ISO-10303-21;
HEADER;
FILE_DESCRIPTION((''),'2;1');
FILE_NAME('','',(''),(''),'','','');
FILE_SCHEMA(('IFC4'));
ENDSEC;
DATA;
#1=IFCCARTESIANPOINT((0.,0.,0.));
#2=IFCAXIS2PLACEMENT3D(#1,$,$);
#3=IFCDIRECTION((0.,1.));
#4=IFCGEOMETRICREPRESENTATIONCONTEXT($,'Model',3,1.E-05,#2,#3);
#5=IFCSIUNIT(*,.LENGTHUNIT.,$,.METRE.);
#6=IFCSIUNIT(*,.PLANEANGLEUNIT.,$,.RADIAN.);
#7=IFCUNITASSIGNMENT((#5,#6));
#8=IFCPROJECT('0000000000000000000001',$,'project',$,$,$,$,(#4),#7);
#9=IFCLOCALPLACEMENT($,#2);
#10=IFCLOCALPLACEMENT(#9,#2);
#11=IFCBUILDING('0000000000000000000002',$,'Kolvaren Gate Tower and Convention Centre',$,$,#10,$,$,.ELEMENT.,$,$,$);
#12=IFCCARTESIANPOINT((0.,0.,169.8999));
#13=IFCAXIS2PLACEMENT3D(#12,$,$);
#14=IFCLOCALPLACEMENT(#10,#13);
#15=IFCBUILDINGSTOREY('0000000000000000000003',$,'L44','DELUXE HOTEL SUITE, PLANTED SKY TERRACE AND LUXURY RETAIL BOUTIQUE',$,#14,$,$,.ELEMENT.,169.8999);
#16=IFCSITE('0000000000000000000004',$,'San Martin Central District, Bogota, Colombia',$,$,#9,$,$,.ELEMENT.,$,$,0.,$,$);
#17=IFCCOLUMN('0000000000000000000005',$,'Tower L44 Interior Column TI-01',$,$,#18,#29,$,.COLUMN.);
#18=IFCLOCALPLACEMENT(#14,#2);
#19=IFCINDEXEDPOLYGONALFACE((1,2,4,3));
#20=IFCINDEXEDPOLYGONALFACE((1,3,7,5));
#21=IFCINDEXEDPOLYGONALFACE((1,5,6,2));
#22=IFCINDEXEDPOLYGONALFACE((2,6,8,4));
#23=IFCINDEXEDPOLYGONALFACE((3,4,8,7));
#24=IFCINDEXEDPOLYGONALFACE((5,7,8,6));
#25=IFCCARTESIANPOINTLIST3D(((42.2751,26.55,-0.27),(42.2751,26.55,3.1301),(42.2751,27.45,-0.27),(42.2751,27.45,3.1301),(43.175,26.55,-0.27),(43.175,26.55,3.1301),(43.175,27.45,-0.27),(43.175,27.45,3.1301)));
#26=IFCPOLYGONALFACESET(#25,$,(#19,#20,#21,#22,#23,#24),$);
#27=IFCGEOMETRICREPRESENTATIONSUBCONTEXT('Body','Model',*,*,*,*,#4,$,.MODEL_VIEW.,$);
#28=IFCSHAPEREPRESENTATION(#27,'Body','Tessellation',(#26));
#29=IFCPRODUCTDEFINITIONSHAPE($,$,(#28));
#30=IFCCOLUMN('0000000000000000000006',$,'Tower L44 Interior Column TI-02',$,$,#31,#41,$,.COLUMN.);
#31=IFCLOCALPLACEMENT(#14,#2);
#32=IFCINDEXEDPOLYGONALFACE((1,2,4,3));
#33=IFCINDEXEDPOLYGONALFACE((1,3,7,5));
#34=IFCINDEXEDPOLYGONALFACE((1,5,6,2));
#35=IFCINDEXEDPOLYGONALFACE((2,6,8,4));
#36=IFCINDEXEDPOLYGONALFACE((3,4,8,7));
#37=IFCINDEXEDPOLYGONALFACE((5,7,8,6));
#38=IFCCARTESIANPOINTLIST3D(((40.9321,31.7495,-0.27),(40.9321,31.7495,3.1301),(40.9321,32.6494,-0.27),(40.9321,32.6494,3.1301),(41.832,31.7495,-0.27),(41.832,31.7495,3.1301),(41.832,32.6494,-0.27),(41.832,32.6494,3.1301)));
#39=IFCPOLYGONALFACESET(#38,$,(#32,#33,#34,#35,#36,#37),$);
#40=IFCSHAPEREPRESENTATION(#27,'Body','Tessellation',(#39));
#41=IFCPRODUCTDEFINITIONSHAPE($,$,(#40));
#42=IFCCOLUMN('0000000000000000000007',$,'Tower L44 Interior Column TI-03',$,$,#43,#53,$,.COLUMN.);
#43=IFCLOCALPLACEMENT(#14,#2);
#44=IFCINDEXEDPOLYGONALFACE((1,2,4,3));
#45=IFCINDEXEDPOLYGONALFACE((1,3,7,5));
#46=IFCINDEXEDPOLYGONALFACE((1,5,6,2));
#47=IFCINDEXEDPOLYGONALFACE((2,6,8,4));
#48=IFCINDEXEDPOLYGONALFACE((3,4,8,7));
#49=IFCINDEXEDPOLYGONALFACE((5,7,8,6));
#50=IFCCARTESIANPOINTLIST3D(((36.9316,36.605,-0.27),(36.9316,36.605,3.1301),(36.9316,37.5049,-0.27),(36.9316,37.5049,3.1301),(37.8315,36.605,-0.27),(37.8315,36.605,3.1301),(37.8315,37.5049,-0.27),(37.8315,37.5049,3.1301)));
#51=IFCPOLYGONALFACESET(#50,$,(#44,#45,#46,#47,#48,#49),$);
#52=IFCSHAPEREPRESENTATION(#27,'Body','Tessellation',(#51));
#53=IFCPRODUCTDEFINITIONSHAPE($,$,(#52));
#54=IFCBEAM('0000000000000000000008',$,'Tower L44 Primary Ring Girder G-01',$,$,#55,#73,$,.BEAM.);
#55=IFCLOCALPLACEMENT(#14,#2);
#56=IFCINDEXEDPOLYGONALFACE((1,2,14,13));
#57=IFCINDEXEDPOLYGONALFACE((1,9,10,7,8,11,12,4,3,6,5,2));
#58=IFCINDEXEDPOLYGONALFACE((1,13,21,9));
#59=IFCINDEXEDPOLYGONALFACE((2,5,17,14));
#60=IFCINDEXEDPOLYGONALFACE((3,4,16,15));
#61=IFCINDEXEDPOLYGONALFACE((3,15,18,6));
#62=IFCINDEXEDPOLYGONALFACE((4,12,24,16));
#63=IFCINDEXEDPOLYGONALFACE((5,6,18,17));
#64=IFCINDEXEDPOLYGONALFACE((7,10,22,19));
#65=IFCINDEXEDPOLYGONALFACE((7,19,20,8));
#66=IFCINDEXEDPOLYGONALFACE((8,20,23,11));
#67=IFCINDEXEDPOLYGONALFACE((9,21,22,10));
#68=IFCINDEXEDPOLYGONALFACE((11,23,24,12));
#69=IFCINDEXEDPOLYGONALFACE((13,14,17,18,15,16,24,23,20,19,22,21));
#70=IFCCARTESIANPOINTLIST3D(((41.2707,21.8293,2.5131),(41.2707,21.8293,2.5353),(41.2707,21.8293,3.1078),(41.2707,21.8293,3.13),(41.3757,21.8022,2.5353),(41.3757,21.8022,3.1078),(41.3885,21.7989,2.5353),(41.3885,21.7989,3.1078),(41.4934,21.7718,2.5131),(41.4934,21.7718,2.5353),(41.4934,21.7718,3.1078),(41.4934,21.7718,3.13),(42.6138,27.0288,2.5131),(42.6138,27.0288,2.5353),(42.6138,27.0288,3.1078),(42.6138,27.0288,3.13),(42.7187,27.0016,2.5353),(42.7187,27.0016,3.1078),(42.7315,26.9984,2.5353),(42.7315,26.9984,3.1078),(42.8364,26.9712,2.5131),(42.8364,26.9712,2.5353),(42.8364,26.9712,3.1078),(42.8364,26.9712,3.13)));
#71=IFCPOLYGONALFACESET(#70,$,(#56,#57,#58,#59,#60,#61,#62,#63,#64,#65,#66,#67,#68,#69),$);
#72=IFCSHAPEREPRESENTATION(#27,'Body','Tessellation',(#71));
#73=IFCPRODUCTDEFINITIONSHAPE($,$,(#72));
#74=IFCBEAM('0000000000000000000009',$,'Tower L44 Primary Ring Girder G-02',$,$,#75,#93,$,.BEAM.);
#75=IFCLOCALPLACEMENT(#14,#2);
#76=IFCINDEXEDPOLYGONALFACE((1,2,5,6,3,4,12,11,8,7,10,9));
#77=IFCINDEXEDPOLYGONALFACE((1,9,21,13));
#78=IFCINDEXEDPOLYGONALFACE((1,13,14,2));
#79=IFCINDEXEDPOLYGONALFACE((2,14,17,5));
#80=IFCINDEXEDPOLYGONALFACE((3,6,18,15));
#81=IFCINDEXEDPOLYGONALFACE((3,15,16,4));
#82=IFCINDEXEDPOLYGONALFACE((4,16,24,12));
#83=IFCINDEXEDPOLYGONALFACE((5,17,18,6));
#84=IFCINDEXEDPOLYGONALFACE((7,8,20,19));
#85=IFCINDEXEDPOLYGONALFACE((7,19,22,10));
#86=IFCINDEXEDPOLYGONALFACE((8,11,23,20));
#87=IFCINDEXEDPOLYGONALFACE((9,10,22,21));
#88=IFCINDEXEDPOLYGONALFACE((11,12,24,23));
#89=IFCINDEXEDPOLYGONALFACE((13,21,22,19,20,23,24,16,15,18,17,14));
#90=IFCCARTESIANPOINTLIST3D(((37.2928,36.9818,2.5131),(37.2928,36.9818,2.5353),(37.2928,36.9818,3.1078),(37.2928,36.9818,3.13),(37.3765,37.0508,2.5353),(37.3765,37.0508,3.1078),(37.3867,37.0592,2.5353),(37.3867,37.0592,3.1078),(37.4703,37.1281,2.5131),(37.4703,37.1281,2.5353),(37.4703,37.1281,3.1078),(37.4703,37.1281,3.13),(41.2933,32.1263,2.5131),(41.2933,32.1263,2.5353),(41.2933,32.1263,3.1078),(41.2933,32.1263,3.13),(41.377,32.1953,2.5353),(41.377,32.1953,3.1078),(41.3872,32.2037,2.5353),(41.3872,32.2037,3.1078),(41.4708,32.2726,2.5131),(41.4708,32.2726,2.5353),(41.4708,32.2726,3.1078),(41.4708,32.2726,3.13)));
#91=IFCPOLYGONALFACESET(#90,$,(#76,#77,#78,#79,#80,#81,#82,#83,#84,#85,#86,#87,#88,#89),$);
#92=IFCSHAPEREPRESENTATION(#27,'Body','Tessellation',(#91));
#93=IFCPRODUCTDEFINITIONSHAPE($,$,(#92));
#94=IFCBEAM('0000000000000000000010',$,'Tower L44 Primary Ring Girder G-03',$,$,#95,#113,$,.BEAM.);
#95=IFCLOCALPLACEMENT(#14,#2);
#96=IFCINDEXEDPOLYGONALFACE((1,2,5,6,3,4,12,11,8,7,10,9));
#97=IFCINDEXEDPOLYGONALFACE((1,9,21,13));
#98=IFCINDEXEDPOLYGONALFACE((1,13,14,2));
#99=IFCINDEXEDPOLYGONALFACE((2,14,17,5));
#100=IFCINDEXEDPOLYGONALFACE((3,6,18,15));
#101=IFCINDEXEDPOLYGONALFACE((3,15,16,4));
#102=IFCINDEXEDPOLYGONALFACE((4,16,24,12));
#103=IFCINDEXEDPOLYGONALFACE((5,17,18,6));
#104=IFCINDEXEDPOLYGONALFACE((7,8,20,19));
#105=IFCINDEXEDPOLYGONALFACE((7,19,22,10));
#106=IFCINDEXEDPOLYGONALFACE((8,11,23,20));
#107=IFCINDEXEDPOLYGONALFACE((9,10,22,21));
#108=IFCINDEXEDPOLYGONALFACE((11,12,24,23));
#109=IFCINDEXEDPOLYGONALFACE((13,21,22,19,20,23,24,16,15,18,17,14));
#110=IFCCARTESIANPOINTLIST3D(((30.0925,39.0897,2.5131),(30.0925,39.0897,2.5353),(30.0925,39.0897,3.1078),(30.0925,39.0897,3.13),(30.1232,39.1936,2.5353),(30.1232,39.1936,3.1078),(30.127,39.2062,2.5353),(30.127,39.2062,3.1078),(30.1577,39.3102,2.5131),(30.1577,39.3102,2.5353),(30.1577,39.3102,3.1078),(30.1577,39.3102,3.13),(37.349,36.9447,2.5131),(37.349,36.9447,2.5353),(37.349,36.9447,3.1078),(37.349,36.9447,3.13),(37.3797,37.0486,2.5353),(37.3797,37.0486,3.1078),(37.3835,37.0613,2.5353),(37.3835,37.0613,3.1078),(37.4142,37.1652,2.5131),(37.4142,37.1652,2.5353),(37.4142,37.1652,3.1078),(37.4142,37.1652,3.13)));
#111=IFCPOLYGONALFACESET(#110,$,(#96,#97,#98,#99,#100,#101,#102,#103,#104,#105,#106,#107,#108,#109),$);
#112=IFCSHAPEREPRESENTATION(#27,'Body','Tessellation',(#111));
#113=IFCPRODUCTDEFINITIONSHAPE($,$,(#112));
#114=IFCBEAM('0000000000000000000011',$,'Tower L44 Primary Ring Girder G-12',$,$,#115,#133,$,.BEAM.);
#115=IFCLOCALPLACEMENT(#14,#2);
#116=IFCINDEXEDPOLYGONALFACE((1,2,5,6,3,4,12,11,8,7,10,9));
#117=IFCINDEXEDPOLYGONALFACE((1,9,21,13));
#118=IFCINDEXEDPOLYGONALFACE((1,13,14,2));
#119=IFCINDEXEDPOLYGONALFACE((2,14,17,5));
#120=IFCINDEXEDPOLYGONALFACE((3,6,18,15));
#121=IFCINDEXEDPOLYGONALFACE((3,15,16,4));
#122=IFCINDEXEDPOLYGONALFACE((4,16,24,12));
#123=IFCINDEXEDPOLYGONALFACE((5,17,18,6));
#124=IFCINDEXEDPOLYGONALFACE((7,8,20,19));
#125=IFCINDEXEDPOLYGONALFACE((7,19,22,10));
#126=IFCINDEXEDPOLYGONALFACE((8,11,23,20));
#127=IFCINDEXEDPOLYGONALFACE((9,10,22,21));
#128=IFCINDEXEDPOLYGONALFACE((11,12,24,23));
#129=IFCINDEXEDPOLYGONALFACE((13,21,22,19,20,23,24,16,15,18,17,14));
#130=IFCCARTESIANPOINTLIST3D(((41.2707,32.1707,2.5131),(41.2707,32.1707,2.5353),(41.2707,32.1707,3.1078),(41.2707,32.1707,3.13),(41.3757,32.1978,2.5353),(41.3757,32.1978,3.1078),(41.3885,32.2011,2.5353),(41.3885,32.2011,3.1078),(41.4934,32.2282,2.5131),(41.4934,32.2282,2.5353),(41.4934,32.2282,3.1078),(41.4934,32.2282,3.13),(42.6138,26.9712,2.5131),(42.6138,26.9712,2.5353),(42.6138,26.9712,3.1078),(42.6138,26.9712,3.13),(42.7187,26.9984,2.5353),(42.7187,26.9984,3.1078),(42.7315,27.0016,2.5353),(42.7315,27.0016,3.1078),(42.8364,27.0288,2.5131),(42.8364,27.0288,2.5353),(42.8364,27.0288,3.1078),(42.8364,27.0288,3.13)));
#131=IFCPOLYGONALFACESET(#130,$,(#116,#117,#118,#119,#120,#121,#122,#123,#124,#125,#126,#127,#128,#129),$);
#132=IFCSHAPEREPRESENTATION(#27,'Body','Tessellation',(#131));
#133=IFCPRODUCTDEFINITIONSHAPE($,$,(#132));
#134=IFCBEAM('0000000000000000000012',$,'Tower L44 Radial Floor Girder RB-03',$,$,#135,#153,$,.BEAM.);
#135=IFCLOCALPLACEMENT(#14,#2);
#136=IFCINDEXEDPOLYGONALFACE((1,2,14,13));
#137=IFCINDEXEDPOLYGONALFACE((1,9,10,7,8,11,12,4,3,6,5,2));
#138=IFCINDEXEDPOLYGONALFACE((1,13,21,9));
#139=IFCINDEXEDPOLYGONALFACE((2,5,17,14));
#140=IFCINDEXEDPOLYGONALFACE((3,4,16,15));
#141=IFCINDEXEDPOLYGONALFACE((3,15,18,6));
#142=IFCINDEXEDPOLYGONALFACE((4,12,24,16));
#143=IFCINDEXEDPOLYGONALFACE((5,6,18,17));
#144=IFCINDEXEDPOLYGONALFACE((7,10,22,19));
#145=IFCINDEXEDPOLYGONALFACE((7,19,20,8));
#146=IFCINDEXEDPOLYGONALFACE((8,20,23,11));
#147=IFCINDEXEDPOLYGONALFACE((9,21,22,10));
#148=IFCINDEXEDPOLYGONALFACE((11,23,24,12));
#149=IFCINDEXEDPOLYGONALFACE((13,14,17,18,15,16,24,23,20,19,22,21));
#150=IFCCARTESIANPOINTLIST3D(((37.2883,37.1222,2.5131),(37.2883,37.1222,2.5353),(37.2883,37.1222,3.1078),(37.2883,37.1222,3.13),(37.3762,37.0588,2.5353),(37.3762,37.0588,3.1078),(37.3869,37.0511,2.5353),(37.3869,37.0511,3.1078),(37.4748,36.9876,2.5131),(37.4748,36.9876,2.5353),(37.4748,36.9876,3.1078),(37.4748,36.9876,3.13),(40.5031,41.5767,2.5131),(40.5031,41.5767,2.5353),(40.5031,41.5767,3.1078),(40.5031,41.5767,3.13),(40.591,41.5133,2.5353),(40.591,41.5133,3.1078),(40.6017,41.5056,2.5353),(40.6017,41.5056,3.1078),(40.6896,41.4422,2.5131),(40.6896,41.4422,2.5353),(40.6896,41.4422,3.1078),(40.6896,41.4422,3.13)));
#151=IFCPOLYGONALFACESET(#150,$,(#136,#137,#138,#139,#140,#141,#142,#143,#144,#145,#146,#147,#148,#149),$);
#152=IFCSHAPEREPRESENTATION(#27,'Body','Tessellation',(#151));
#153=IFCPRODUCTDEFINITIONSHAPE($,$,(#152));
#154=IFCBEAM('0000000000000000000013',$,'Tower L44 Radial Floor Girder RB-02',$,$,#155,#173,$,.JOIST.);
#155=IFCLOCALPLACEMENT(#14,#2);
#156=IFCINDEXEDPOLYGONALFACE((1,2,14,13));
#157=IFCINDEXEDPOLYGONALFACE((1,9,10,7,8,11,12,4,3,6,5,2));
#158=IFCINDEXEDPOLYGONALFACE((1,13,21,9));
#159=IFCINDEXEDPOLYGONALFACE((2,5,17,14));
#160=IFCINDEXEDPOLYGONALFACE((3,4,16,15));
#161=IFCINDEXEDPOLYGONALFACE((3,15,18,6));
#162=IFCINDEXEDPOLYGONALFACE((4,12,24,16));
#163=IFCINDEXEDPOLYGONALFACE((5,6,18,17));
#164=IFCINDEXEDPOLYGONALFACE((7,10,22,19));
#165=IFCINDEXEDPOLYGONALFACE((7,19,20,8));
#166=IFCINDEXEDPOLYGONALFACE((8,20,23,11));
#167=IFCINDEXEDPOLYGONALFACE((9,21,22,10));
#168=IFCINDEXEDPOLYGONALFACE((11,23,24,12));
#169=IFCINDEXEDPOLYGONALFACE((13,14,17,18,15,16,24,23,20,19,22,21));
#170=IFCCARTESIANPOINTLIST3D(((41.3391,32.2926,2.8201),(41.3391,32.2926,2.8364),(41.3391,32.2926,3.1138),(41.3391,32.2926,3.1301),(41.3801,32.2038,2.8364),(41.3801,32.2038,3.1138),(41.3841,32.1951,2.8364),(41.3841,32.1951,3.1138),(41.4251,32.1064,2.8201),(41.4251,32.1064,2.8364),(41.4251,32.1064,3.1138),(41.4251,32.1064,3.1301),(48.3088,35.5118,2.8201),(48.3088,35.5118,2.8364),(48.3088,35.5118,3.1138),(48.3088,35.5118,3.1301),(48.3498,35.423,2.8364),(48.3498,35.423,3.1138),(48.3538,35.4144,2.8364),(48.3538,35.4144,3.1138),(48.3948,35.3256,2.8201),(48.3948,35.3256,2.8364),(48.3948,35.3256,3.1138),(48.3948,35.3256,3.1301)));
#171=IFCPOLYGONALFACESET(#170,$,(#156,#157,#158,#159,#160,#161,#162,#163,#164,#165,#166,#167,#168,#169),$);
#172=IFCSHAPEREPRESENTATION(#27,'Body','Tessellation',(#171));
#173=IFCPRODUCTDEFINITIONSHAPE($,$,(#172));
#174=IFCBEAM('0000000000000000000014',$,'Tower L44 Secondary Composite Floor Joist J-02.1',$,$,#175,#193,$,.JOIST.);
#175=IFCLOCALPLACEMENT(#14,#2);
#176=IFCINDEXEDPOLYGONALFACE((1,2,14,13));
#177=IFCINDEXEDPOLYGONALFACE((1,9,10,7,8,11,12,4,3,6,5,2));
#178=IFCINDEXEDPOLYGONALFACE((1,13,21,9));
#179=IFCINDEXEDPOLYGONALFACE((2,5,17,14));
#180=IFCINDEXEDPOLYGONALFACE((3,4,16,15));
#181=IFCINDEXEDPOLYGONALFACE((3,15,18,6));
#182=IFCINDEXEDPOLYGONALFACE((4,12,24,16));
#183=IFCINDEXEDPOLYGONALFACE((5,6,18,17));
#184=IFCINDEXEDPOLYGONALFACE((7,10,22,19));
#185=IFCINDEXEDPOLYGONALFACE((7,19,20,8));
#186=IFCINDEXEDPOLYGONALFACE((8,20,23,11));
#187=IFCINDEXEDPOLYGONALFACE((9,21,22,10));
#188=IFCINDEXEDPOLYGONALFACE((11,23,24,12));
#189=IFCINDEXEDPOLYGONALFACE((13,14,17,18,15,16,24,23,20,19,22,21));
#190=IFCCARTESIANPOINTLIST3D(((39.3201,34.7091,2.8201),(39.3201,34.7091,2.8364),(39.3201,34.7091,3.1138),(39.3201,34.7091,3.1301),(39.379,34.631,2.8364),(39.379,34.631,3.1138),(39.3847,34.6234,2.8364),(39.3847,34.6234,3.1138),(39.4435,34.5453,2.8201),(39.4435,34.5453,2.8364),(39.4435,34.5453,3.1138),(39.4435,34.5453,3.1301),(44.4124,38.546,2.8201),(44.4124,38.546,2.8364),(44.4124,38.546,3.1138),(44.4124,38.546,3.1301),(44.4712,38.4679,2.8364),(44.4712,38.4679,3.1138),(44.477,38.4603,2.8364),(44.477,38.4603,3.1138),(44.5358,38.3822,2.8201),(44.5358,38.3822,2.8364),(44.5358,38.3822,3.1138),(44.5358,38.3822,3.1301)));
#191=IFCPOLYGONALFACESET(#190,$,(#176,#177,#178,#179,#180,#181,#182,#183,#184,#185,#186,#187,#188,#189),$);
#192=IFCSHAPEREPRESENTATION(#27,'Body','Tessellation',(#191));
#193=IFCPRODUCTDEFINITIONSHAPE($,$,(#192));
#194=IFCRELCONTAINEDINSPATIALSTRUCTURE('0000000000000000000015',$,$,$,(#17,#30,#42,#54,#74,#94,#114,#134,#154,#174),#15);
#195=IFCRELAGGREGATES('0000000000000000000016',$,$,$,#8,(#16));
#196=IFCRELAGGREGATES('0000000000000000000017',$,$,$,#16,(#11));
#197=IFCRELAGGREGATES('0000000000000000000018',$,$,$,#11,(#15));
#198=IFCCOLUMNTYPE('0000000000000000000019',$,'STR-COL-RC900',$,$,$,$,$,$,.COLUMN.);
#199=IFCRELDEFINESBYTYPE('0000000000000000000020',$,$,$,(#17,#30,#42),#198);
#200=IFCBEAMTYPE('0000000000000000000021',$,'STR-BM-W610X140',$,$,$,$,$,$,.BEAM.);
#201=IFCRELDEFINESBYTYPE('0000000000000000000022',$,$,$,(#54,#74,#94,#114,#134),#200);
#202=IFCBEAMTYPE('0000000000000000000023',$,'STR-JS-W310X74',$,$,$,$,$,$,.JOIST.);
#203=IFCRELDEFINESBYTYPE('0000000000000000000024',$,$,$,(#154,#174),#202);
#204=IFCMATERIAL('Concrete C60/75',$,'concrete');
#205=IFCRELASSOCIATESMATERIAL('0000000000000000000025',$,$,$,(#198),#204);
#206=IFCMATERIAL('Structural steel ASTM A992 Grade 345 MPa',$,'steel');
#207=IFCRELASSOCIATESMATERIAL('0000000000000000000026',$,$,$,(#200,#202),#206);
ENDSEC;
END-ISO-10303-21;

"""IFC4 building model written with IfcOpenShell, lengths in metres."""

from ifc_helpers import new_model, si_unit, direction, frame, origin, origin_2d, place, context, subcontext, project, spatial, rectangle, i_section, extrude, material, material_profile, profile_set, type_object, element, save


model = new_model("IFC4")

# Units and contexts
model_context = context("Model", 3, precision=1e-05, world=origin(), true_north=direction((0.0, 1.0)))
body_context = subcontext(model_context, "Body", "Model", "MODEL_VIEW")
ifc_project = project(units=[si_unit("LENGTHUNIT", "METRE"), si_unit("PLANEANGLEUNIT", "RADIAN")], contexts=[model_context])

# Site, building, storey
site_placement = place(None, origin())
site = spatial("IfcSite", under=ifc_project, at=site_placement, Name="San Martin Central District, Bogota, Colombia", CompositionType="ELEMENT", RefElevation=0.0)
building_placement = place(site_placement, origin())
building = spatial("IfcBuilding", under=site, at=building_placement, Name="Kolvaren Gate Tower and Convention Centre", CompositionType="ELEMENT")
storey_placement = place(building_placement, frame((0.0, 0.0, 169.8999)))
storey = spatial("IfcBuildingStorey", under=building, at=storey_placement, Name="L44", Description="DELUXE HOTEL SUITE, PLANTED SKY TERRACE AND LUXURY RETAIL BOUTIQUE", CompositionType="ELEMENT", Elevation=169.8999)

# Columns
ifc_material_1 = material(Name="Concrete C60/75", Category="concrete")
ifc_material_profile_1 = material_profile(ifc_material_1, rectangle(XDim=0.8999, YDim=0.8999, at=origin_2d()), Name="RC-COL-900X900")
ifc_profile_set_1 = profile_set([ifc_material_profile_1], Name="Concrete C60/75")
column_type = type_object("IfcColumnType", Name="STR-COL-RC900", PredefinedType="COLUMN", material=ifc_profile_set_1)
for number, where, z_axis, x_axis, name in (
    (1, (42.7251, 27.0, -0.27), (0.0, 0.0, 1.0), (1.0, 0.0, 0.0), "Tower L44 Interior Column TI-01"),
    (2, (41.3821, 32.1995, -0.27), (0.0, 0.0, 1.0), (1.0, 0.0, 0.0), "Tower L44 Interior Column TI-02"),
    (3, (37.3816, 37.0549, -0.27), (0.0, 0.0, 1.0), (1.0, 0.0, 0.0), "Tower L44 Interior Column TI-03"),
):
    element("IfcColumn", number, at=place(storey_placement, frame(where, z_axis=z_axis, x_axis=x_axis)), inside=storey, type_object=column_type, Name=name, PredefinedType="COLUMN", context=body_context, shape_type="SweptSolid", body=[
        extrude(rectangle(XDim=0.8999, YDim=0.8999, at=origin_2d()), origin(), (0.0, 0.0, 1.0), 3.4001),
    ])

# Beams
ifc_material_2 = material(Name="Structural steel ASTM A992 Grade 345 MPa", Category="steel")
ifc_material_profile_2 = material_profile(ifc_material_2, i_section(OverallWidth=0.23, OverallDepth=0.6169, WebThickness=0.0132, FlangeThickness=0.0222, at=origin_2d()), Name="W610X140")
ifc_profile_set_2 = profile_set([ifc_material_profile_2], Name="Structural steel ASTM A992 Grade 345 MPa")
beam_type_1 = type_object("IfcBeamType", Name="STR-BM-W610X140", PredefinedType="BEAM", material=ifc_profile_set_2)
beam_1_placement = place(storey_placement, frame((42.7251, 27.0, 2.8215), z_axis=(-0.250091, -0.968222, 0.0), x_axis=(0.968222, -0.250091, 0.0)))
element("IfcBeam", 4, at=beam_1_placement, inside=storey, type_object=beam_type_1, Name="Tower L44 Primary Ring Girder G-01", PredefinedType="BEAM", context=body_context, shape_type="SweptSolid", body=[
    extrude(i_section(OverallWidth=0.23, OverallDepth=0.6169, WebThickness=0.0132, FlangeThickness=0.0222, at=origin_2d()), origin(), (0.0, 0.0, 1.0), 5.3701),
])
beam_2_placement = place(storey_placement, frame((41.3821, 32.1995, 2.8215), z_axis=(-0.635884, 0.771785, 0.0), x_axis=(-0.771785, -0.635884, 0.0)))
element("IfcBeam", 5, at=beam_2_placement, inside=storey, type_object=beam_type_1, Name="Tower L44 Primary Ring Girder G-02", PredefinedType="BEAM", context=body_context, shape_type="SweptSolid", body=[
    extrude(i_section(OverallWidth=0.23, OverallDepth=0.6169, WebThickness=0.0132, FlangeThickness=0.0222, at=origin_2d()), origin(), (0.0, 0.0, 1.0), 6.2913),
])
beam_3_placement = place(storey_placement, frame((37.3816, 37.0549, 2.8215), z_axis=(-0.958981, 0.283471, 0.0), x_axis=(-0.283471, -0.958981, 0.0)))
element("IfcBeam", 6, at=beam_3_placement, inside=storey, type_object=beam_type_1, Name="Tower L44 Primary Ring Girder G-03", PredefinedType="BEAM", context=body_context, shape_type="SweptSolid", body=[
    extrude(i_section(OverallWidth=0.23, OverallDepth=0.6169, WebThickness=0.0132, FlangeThickness=0.0222, at=origin_2d()), origin(), (0.0, 0.0, 1.0), 7.5669),
])
beam_4_placement = place(storey_placement, frame((42.7251, 27.0, 2.8215), z_axis=(-0.250091, 0.968222, 0.0), x_axis=(-0.968222, -0.250091, 0.0)))
element("IfcBeam", 7, at=beam_4_placement, inside=storey, type_object=beam_type_1, Name="Tower L44 Primary Ring Girder G-12", PredefinedType="BEAM", context=body_context, shape_type="SweptSolid", body=[
    extrude(i_section(OverallWidth=0.23, OverallDepth=0.6169, WebThickness=0.0132, FlangeThickness=0.0222, at=origin_2d()), origin(), (0.0, 0.0, 1.0), 5.3701),
])
beam_5_placement = place(storey_placement, frame((37.3816, 37.0549, 2.8215), z_axis=(0.585208, 0.810883, 0.0), x_axis=(-0.810883, 0.585208, 0.0)))
element("IfcBeam", 8, at=beam_5_placement, inside=storey, type_object=beam_type_1, Name="Tower L44 Radial Floor Girder RB-03", PredefinedType="BEAM", context=body_context, shape_type="SweptSolid", body=[
    extrude(i_section(OverallWidth=0.23, OverallDepth=0.6169, WebThickness=0.0132, FlangeThickness=0.0222, at=origin_2d()), origin(), (0.0, 0.0, 1.0), 5.4934),
])
ifc_material_profile_3 = material_profile(ifc_material_2, i_section(OverallWidth=0.2051, OverallDepth=0.3101, WebThickness=0.0095, FlangeThickness=0.0164, at=origin_2d()), Name="W310X74")
ifc_profile_set_3 = profile_set([ifc_material_profile_3], Name="Structural steel ASTM A992 Grade 345 MPa")
beam_type_2 = type_object("IfcBeamType", Name="STR-JS-W310X74", PredefinedType="JOIST", material=ifc_profile_set_3)
beam_6_placement = place(storey_placement, frame((41.3821, 32.1995, 2.9751), z_axis=(0.907838, 0.41932, 0.0), x_axis=(-0.41932, 0.907838, 0.0)))
element("IfcBeam", 9, at=beam_6_placement, inside=storey, type_object=beam_type_2, Name="Tower L44 Radial Floor Girder RB-02", PredefinedType="JOIST", context=body_context, shape_type="SweptSolid", body=[
    extrude(i_section(OverallWidth=0.2051, OverallDepth=0.3101, WebThickness=0.0095, FlangeThickness=0.0164, at=origin_2d()), origin(), (0.0, 0.0, 1.0), 7.6772),
])
beam_7_placement = place(storey_placement, frame((39.3818, 34.6272, 2.9751), z_axis=(0.798666, 0.601775, 0.0), x_axis=(-0.601775, 0.798666, 0.0)))
element("IfcBeam", 10, at=beam_7_placement, inside=storey, type_object=beam_type_2, Name="Tower L44 Secondary Composite Floor Joist J-02.1", PredefinedType="JOIST", context=body_context, shape_type="SweptSolid", body=[
    extrude(i_section(OverallWidth=0.2051, OverallDepth=0.3101, WebThickness=0.0095, FlangeThickness=0.0164, at=origin_2d()), origin(), (0.0, 0.0, 1.0), 6.376),
])

save(model, "model.ifc")
